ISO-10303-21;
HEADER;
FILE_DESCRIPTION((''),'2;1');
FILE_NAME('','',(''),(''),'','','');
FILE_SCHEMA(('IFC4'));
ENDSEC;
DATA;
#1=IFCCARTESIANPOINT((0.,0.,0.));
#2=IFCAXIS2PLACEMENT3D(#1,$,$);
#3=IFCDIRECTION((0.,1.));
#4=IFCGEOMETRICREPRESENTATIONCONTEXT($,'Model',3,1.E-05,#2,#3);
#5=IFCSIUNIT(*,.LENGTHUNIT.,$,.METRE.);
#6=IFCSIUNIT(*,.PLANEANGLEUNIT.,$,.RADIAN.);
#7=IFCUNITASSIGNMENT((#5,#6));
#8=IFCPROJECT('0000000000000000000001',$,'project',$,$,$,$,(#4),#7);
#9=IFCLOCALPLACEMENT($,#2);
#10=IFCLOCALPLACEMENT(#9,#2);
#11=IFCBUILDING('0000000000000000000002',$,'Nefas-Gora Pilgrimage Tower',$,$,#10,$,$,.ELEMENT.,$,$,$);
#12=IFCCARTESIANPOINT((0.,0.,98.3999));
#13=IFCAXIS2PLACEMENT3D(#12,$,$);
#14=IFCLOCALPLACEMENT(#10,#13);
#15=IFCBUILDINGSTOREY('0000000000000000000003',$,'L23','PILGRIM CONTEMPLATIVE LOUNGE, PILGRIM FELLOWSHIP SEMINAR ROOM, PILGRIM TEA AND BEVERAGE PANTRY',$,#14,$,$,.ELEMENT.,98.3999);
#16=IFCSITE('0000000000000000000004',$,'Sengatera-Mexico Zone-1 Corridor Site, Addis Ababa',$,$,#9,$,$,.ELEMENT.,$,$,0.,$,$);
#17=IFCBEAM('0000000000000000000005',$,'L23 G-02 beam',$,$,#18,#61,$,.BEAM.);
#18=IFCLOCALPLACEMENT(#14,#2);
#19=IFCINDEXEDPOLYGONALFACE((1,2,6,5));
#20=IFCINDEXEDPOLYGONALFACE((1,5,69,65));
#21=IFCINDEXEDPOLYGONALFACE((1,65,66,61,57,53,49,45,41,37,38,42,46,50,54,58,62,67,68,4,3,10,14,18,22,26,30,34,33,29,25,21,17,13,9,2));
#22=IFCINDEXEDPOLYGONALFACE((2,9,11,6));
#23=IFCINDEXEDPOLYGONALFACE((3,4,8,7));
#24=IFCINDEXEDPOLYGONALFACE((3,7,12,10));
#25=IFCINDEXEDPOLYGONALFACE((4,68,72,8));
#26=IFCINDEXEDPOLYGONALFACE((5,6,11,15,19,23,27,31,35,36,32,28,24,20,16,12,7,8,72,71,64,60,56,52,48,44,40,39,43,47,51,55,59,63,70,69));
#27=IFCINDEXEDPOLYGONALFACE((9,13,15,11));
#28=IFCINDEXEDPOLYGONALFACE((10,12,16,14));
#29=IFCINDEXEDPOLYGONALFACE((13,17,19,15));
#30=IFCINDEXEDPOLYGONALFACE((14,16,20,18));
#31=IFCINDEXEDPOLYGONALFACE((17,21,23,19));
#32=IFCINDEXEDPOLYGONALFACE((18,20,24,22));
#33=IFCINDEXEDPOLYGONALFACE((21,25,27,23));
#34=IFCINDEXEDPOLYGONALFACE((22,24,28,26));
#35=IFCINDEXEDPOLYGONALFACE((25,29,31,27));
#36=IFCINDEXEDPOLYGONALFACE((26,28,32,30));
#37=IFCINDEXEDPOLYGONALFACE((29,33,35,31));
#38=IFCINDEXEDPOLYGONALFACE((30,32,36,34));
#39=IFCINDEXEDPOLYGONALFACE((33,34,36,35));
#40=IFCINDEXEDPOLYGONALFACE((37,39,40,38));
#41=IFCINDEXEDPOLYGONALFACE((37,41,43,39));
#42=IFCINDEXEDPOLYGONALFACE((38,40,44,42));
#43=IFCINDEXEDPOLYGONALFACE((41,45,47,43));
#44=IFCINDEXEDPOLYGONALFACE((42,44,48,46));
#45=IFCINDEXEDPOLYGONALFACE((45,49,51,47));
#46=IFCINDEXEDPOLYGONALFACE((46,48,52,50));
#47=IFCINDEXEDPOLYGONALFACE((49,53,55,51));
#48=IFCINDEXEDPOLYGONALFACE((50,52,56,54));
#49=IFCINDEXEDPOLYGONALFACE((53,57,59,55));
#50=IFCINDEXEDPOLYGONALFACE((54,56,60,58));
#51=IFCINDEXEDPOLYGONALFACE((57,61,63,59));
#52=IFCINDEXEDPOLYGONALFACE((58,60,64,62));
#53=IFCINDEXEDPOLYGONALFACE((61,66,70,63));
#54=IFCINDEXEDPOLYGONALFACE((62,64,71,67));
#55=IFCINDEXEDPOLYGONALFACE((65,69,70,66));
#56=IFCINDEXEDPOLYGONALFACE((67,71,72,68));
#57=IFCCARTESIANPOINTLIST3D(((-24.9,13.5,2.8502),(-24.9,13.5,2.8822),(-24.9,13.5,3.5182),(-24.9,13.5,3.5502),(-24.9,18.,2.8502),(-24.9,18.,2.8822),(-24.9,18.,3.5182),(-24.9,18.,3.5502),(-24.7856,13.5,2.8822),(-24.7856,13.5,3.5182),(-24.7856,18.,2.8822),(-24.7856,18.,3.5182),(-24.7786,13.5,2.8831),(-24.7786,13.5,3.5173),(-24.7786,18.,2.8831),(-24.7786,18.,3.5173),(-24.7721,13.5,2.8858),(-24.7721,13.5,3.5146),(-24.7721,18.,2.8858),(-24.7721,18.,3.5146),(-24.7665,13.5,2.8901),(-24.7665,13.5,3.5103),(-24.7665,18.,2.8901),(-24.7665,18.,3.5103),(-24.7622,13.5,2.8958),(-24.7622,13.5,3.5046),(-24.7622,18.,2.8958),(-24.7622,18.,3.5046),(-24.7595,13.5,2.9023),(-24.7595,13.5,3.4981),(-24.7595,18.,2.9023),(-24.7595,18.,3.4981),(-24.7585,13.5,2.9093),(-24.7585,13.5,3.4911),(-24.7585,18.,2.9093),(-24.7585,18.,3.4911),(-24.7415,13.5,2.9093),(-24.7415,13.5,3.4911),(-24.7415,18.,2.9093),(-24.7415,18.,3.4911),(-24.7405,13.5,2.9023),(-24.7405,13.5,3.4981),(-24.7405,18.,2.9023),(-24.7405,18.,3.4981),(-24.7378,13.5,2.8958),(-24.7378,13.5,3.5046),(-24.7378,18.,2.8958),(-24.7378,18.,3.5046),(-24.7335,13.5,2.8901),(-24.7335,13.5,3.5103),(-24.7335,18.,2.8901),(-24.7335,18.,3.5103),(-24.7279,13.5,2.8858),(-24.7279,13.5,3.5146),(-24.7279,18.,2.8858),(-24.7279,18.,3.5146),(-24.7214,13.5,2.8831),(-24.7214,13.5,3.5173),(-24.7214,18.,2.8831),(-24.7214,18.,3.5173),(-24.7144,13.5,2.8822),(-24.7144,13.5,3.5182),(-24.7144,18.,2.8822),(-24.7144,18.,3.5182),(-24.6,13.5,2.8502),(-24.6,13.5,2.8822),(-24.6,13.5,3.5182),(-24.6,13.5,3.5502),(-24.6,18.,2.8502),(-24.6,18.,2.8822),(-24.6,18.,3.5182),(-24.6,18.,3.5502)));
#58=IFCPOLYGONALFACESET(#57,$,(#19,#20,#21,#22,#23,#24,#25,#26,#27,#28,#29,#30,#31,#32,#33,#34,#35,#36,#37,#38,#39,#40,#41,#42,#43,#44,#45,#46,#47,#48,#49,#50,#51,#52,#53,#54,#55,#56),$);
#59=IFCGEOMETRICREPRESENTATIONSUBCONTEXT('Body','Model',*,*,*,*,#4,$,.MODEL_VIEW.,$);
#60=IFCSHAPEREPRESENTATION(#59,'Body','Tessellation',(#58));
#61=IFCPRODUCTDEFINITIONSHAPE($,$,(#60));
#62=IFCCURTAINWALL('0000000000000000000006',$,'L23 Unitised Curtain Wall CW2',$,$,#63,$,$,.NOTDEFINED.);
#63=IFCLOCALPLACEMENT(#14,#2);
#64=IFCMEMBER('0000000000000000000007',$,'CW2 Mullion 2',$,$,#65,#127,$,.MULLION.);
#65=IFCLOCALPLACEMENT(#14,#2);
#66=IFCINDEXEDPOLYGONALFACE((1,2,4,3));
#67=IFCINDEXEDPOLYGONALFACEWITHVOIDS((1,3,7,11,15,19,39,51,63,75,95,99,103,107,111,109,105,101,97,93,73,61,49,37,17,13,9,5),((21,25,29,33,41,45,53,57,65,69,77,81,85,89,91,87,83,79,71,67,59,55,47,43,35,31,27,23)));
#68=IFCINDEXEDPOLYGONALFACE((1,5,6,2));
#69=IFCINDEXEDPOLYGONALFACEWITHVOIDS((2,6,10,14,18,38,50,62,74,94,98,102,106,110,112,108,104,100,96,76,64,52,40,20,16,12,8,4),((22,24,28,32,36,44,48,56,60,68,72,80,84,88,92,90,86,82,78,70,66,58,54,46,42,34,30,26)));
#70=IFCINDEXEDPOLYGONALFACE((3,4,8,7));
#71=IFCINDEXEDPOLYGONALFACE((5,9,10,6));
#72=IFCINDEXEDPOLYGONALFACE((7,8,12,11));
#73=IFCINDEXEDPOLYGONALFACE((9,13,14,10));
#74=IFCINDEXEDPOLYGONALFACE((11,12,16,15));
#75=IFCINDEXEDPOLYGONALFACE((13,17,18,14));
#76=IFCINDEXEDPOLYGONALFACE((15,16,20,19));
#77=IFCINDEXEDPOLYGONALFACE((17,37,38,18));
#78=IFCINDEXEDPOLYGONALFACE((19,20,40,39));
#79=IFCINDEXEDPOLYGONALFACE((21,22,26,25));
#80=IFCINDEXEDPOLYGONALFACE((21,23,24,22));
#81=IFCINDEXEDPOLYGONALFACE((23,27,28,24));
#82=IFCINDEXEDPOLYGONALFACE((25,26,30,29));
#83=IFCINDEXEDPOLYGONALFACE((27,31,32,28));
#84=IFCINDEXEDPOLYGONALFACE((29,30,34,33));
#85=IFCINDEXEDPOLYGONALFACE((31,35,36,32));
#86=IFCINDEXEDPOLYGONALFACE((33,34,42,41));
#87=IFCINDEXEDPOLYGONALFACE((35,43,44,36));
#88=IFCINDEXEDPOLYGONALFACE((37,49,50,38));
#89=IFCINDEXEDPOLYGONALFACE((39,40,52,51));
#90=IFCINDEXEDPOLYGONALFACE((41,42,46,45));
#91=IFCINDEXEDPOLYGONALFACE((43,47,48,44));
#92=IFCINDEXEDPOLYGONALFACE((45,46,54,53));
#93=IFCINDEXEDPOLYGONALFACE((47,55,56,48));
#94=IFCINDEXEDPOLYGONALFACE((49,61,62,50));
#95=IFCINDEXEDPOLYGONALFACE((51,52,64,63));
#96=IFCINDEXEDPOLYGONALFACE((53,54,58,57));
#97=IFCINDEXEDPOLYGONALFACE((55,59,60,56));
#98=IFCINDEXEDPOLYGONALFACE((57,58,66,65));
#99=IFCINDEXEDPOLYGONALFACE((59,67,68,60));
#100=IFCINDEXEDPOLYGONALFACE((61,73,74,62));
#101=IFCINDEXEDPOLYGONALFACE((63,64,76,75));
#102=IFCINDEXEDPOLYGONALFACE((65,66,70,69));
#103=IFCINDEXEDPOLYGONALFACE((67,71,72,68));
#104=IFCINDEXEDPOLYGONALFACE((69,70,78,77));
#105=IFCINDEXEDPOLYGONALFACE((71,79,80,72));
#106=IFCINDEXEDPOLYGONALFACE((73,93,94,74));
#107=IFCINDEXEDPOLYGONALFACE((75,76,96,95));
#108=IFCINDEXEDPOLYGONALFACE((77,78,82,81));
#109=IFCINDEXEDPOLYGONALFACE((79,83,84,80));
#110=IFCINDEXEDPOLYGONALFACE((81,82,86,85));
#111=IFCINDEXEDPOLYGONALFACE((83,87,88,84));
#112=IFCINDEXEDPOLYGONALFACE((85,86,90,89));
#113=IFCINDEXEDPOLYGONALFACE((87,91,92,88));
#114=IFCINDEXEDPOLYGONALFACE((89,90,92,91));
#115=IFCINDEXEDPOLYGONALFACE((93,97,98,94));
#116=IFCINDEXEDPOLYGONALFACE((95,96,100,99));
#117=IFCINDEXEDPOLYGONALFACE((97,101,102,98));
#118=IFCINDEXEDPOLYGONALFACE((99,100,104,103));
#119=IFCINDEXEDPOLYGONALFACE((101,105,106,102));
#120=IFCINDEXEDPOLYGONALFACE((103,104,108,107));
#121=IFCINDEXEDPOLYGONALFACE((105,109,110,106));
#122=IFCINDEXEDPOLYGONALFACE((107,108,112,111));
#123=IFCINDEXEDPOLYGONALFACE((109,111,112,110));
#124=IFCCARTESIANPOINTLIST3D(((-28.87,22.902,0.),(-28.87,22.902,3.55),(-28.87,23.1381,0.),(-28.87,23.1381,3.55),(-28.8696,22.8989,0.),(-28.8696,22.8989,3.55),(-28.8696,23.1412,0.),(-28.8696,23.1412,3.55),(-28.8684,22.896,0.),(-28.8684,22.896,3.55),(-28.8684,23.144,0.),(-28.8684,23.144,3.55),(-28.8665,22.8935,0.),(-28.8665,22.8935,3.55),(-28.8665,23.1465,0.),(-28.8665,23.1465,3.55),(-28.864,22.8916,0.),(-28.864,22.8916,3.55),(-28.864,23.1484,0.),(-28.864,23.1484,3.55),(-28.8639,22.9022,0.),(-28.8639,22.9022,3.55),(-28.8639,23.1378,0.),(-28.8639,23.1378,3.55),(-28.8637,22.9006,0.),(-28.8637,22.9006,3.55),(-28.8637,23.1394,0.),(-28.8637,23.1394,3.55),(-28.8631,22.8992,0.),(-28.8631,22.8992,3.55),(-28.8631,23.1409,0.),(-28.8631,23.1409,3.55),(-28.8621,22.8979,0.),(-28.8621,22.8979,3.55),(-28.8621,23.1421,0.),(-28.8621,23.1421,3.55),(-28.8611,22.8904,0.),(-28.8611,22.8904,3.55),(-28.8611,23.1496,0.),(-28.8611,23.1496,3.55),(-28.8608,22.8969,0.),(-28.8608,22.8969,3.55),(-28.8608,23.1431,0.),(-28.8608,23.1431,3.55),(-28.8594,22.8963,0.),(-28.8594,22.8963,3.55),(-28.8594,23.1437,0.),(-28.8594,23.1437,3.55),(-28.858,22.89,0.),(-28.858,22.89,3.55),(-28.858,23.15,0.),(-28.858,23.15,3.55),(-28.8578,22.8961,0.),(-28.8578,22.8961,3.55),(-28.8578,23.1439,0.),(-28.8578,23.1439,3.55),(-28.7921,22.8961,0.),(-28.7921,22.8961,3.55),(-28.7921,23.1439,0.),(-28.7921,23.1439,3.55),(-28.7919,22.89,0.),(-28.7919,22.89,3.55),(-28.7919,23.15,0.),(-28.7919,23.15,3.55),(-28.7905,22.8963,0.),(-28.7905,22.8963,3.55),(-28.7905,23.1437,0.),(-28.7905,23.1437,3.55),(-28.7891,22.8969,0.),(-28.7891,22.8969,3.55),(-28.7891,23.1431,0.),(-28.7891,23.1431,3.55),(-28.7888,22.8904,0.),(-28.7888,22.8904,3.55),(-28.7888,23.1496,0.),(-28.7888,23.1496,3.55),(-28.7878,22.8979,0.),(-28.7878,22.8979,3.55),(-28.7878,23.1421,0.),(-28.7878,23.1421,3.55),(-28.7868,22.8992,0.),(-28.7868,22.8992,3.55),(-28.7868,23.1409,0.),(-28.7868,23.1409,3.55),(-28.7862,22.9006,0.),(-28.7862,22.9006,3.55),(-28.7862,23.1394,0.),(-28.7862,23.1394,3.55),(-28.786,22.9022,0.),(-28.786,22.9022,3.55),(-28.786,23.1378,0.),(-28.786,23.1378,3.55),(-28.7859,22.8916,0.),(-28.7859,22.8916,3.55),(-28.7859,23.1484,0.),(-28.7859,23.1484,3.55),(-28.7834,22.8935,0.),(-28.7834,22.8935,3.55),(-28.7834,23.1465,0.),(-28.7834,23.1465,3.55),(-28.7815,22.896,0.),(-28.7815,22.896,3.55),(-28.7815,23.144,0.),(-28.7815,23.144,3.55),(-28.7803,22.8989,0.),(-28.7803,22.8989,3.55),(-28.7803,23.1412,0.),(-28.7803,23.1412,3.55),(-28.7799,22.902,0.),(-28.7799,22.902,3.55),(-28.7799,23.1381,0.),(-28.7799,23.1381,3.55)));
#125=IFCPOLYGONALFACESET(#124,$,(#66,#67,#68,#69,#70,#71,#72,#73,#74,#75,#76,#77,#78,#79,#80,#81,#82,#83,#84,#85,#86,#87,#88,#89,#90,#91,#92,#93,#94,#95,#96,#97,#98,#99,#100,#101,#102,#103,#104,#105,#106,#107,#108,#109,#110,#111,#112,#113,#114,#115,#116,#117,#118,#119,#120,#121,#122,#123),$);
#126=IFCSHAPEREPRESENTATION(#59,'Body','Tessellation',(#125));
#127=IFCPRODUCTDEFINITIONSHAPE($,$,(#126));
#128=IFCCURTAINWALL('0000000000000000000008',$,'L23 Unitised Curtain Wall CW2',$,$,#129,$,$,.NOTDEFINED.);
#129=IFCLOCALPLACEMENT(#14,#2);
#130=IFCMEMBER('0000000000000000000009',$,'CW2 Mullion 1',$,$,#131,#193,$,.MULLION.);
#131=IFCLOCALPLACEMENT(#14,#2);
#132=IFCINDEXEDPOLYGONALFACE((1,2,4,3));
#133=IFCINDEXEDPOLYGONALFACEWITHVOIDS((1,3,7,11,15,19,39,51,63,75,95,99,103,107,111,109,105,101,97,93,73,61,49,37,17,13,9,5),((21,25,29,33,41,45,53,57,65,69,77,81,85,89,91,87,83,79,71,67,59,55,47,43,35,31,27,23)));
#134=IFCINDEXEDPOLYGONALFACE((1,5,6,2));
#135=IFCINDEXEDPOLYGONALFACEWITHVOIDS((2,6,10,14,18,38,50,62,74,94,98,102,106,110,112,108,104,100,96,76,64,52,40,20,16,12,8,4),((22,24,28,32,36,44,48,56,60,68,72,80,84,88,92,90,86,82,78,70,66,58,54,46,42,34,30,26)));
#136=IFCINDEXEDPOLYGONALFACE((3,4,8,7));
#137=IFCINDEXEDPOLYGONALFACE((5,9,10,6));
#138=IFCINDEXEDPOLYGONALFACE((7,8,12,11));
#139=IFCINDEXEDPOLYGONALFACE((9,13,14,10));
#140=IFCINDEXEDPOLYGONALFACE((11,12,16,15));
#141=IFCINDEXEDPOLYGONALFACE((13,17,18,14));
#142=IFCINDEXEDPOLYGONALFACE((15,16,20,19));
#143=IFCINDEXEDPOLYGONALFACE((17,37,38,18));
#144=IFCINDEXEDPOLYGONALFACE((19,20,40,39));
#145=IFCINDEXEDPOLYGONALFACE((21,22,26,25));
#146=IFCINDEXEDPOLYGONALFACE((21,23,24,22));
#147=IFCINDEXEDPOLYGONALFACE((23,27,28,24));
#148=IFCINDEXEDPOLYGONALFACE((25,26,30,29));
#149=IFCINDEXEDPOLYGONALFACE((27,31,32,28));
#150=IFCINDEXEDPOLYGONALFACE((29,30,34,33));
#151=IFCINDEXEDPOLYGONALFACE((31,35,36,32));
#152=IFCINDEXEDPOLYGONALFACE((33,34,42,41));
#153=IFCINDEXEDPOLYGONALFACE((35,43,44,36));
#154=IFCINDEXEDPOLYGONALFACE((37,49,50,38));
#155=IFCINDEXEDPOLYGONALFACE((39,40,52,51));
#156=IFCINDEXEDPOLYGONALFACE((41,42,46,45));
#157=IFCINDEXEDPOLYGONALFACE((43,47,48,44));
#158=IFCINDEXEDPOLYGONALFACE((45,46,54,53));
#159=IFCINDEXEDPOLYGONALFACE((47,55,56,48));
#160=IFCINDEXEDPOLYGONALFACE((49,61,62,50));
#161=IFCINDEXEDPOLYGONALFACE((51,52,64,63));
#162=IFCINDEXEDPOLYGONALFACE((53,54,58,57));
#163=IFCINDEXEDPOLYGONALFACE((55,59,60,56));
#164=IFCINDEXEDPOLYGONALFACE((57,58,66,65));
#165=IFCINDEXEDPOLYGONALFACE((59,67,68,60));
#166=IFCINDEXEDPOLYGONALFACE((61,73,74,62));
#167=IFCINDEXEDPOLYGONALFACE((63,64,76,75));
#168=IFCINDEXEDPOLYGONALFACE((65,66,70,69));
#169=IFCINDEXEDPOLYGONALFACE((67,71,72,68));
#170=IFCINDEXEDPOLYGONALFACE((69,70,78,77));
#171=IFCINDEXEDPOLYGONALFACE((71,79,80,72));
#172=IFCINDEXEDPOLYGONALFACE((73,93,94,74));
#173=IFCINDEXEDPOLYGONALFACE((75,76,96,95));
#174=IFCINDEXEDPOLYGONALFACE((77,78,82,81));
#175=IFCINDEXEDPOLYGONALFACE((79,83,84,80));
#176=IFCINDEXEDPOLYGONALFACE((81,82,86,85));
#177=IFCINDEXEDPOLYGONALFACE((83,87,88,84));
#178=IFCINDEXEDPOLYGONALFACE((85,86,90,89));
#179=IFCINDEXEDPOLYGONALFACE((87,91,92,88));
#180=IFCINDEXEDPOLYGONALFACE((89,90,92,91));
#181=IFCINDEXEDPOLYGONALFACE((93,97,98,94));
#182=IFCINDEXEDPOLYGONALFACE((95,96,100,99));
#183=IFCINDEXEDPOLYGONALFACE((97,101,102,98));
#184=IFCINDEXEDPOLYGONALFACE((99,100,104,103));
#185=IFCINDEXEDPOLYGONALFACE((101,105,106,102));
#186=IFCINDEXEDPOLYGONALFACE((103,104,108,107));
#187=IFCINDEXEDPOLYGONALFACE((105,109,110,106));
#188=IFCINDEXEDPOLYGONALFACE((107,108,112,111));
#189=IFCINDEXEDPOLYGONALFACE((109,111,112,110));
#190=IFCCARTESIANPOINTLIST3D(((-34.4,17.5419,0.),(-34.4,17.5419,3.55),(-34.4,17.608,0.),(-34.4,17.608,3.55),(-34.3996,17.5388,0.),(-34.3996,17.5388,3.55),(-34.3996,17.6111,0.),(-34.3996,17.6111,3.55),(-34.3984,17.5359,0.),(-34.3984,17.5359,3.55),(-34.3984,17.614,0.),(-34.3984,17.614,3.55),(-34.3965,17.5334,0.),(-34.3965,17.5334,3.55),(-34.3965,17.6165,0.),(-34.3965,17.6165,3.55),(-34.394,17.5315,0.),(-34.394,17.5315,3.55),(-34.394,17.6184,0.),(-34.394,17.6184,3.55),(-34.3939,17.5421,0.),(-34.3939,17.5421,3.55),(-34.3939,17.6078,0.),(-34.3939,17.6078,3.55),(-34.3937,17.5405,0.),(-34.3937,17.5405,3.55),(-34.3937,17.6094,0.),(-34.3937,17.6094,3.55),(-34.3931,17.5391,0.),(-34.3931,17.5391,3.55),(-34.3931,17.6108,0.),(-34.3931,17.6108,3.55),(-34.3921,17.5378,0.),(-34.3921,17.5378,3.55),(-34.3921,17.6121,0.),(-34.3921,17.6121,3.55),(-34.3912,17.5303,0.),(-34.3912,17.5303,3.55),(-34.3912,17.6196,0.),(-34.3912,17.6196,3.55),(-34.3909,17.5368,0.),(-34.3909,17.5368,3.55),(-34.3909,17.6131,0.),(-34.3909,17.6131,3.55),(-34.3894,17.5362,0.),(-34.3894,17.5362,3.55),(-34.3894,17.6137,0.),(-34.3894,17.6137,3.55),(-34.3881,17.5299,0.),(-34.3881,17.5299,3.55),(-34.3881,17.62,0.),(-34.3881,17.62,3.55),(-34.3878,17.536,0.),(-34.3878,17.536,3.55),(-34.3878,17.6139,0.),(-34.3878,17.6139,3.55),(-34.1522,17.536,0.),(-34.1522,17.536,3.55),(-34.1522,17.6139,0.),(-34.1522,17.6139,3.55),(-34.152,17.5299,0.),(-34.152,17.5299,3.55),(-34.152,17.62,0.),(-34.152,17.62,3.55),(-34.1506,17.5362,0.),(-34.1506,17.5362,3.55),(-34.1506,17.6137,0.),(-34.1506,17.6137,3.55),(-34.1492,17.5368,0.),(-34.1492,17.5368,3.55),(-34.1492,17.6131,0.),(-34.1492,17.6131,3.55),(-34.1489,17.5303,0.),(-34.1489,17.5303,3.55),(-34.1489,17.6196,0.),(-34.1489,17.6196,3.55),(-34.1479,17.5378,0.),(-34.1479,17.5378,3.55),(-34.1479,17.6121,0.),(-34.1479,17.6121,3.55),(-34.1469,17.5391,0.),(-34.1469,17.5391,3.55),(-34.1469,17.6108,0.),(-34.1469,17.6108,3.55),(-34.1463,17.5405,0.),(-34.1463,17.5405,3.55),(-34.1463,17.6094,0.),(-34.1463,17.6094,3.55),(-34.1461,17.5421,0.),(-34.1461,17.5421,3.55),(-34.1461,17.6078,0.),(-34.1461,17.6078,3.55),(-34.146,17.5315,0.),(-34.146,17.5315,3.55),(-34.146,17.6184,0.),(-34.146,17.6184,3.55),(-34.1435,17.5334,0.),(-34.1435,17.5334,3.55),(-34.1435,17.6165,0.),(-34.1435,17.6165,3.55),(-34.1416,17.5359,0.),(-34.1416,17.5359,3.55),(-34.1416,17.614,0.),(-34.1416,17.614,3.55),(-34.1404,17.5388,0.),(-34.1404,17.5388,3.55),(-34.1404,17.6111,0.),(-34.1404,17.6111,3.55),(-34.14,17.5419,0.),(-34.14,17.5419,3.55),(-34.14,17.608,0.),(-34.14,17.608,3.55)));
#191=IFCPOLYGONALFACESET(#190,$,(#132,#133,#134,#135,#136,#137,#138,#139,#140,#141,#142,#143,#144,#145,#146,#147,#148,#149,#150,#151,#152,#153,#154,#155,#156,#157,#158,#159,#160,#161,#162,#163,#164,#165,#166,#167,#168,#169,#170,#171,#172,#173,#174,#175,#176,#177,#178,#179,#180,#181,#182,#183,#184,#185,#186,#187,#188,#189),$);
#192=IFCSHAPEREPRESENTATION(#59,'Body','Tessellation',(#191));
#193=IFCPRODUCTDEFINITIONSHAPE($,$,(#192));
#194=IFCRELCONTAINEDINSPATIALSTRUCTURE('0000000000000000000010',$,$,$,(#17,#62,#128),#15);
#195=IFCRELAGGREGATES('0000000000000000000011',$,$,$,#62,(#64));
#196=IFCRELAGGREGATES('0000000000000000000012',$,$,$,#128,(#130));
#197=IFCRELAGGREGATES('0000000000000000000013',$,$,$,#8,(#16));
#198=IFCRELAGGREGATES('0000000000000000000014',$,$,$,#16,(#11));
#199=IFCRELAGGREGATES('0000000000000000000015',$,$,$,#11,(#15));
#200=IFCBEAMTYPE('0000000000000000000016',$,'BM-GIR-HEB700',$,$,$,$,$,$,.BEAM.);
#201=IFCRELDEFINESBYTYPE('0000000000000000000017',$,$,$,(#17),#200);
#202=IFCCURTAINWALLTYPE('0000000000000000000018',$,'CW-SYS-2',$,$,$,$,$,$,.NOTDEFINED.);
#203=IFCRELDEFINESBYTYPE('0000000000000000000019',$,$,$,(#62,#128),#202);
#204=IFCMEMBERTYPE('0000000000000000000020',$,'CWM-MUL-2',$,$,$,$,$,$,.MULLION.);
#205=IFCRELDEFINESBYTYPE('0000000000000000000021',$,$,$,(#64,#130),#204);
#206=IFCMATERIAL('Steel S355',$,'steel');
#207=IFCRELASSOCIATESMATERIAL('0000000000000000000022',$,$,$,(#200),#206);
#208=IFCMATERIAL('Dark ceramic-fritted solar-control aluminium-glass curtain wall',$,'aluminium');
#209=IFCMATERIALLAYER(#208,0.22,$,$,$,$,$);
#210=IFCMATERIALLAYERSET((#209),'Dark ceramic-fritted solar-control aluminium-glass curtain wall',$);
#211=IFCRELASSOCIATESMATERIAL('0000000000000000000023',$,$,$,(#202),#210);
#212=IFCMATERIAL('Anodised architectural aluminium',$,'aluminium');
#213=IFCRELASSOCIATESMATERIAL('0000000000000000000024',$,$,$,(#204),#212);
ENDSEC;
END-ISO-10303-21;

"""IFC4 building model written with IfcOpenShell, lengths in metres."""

from ifc_helpers import new_model, si_unit, direction, frame, origin, origin_2d, place, context, subcontext, project, spatial, hollow_rectangle, i_section, extrude, source, transform, mapped, material, layer, layer_set, material_profile, profile_set, type_object, element, aggregate, save


model = new_model("IFC4")

# Units and contexts
model_context = context("Model", 3, precision=1e-05, world=origin(), true_north=direction((0.0, 1.0)))
body_context = subcontext(model_context, "Body", "Model", "MODEL_VIEW")
ifc_project = project(units=[si_unit("LENGTHUNIT", "METRE"), si_unit("PLANEANGLEUNIT", "RADIAN")], contexts=[model_context])

# Site, building, storey
site_placement = place(None, origin())
site = spatial("IfcSite", under=ifc_project, at=site_placement, Name="Sengatera-Mexico Zone-1 Corridor Site, Addis Ababa", CompositionType="ELEMENT", RefElevation=0.0)
building_placement = place(site_placement, origin())
building = spatial("IfcBuilding", under=site, at=building_placement, Name="Nefas-Gora Pilgrimage Tower", CompositionType="ELEMENT")
storey_placement = place(building_placement, frame((0.0, 0.0, 98.3999)))
storey = spatial("IfcBuildingStorey", under=building, at=storey_placement, Name="L23", Description="PILGRIM CONTEMPLATIVE LOUNGE, PILGRIM FELLOWSHIP SEMINAR ROOM, PILGRIM TEA AND BEVERAGE PANTRY", CompositionType="ELEMENT", Elevation=98.3999)

# Beam
ifc_material_1 = material(Name="Steel S355", Category="steel")
ifc_material_profile_1 = material_profile(ifc_material_1, i_section(OverallWidth=0.3, OverallDepth=0.7, WebThickness=0.0171, FlangeThickness=0.032, FilletRadius=0.0271, at=origin_2d()), Name="HEB 700")
ifc_profile_set_1 = profile_set([ifc_material_profile_1], Name="Steel S355")
beam_type_1 = type_object("IfcBeamType", Name="BM-GIR-HEB700", PredefinedType="BEAM", material=ifc_profile_set_1)
shared_shape_1 = source(origin(), body_context, "Body", "SweptSolid", [
    extrude(i_section(OverallWidth=0.3, OverallDepth=0.7, WebThickness=0.0171, FlangeThickness=0.032, FilletRadius=0.0271, at=origin_2d()), origin(), (0.0, 0.0, 1.0), 4.5),
])
for number, where, z_axis, x_axis, name in (
    (1, (-24.75, 13.5, 3.2002), (0.0, 1.0, 0.0), (-1.0, 0.0, 0.0), "L23 G-02 beam"),
):
    element("IfcBeam", number, at=place(storey_placement, frame(where, z_axis=z_axis, x_axis=x_axis)), inside=storey, type_object=beam_type_1, Name=name, PredefinedType="BEAM", context=body_context, shape_type="MappedRepresentation", body=[
        mapped(shared_shape_1, transform((0.0, 0.0, 0.0), x_axis=(1.0, 0.0, 0.0), y_axis=(0.0, 1.0, 0.0), z_axis=(0.0, 0.0, 1.0), scale=1.0)),
    ])

# Curtain wall, member
ifc_material_2 = material(Name="Dark ceramic-fritted solar-control aluminium-glass curtain wall", Category="aluminium")
ifc_layer_1 = layer(ifc_material_2, 0.22)
ifc_layer_set_1 = layer_set([ifc_layer_1], Name="Dark ceramic-fritted solar-control aluminium-glass curtain wall")
curtain_wall_type = type_object("IfcCurtainWallType", Name="CW-SYS-2", PredefinedType="NOTDEFINED", material=ifc_layer_set_1)
curtain_wall_1_placement = place(storey_placement, origin())
curtain_wall_1 = element("IfcCurtainWall", 2, at=curtain_wall_1_placement, inside=storey, type_object=curtain_wall_type, Name="L23 Unitised Curtain Wall CW2", PredefinedType="NOTDEFINED")
ifc_material_3 = material(Name="Anodised architectural aluminium", Category="aluminium")
ifc_material_profile_2 = material_profile(ifc_material_3, hollow_rectangle(XDim=0.0901, YDim=0.26, WallThickness=0.0061, InnerFilletRadius=0.0061, OuterFilletRadius=0.012, at=origin_2d()), Name="ALU MULLION 90x260")
ifc_profile_set_2 = profile_set([ifc_material_profile_2], Name="Anodised architectural aluminium")
member_type_1 = type_object("IfcMemberType", Name="CWM-MUL-2", PredefinedType="MULLION", material=ifc_profile_set_2)
shared_shape_2 = source(origin(), body_context, "Body", "SweptSolid", [
    extrude(hollow_rectangle(XDim=0.0901, YDim=0.26, WallThickness=0.0061, InnerFilletRadius=0.0061, OuterFilletRadius=0.012, at=origin_2d()), origin(), (0.0, 0.0, 1.0), 3.55),
])
member_1_placement = place(storey_placement, frame((-28.825, 23.02, 0.0), z_axis=(0.0, 0.0, 1.0), x_axis=(-1.0, 0.0, 0.0)))
member_1 = element("IfcMember", 3, at=member_1_placement, type_object=member_type_1, Name="CW2 Mullion 2", PredefinedType="MULLION", context=body_context, shape_type="MappedRepresentation", body=[
    mapped(shared_shape_2, transform((0.0, 0.0, 0.0), x_axis=(1.0, 0.0, 0.0), y_axis=(0.0, 1.0, 0.0), z_axis=(0.0, 0.0, 1.0), scale=1.0)),
])
aggregate(curtain_wall_1, [member_1])

# Curtain wall, member
curtain_wall_2_placement = place(storey_placement, origin())
curtain_wall_2 = element("IfcCurtainWall", 4, at=curtain_wall_2_placement, inside=storey, type_object=curtain_wall_type, Name="L23 Unitised Curtain Wall CW2", PredefinedType="NOTDEFINED")
member_2_placement = place(storey_placement, frame((-34.27, 17.575, 0.0), z_axis=(0.0, 0.0, 1.0), x_axis=(0.0, -1.0, 0.0)))
member_2 = element("IfcMember", 5, at=member_2_placement, type_object=member_type_1, Name="CW2 Mullion 1", PredefinedType="MULLION", context=body_context, shape_type="MappedRepresentation", body=[
    mapped(shared_shape_2, transform((0.0, 0.0, 0.0), x_axis=(1.0, 0.0, 0.0), y_axis=(0.0, 1.0, 0.0), z_axis=(0.0, 0.0, 1.0), scale=1.0)),
])
aggregate(curtain_wall_2, [member_2])

save(model, "model.ifc")
